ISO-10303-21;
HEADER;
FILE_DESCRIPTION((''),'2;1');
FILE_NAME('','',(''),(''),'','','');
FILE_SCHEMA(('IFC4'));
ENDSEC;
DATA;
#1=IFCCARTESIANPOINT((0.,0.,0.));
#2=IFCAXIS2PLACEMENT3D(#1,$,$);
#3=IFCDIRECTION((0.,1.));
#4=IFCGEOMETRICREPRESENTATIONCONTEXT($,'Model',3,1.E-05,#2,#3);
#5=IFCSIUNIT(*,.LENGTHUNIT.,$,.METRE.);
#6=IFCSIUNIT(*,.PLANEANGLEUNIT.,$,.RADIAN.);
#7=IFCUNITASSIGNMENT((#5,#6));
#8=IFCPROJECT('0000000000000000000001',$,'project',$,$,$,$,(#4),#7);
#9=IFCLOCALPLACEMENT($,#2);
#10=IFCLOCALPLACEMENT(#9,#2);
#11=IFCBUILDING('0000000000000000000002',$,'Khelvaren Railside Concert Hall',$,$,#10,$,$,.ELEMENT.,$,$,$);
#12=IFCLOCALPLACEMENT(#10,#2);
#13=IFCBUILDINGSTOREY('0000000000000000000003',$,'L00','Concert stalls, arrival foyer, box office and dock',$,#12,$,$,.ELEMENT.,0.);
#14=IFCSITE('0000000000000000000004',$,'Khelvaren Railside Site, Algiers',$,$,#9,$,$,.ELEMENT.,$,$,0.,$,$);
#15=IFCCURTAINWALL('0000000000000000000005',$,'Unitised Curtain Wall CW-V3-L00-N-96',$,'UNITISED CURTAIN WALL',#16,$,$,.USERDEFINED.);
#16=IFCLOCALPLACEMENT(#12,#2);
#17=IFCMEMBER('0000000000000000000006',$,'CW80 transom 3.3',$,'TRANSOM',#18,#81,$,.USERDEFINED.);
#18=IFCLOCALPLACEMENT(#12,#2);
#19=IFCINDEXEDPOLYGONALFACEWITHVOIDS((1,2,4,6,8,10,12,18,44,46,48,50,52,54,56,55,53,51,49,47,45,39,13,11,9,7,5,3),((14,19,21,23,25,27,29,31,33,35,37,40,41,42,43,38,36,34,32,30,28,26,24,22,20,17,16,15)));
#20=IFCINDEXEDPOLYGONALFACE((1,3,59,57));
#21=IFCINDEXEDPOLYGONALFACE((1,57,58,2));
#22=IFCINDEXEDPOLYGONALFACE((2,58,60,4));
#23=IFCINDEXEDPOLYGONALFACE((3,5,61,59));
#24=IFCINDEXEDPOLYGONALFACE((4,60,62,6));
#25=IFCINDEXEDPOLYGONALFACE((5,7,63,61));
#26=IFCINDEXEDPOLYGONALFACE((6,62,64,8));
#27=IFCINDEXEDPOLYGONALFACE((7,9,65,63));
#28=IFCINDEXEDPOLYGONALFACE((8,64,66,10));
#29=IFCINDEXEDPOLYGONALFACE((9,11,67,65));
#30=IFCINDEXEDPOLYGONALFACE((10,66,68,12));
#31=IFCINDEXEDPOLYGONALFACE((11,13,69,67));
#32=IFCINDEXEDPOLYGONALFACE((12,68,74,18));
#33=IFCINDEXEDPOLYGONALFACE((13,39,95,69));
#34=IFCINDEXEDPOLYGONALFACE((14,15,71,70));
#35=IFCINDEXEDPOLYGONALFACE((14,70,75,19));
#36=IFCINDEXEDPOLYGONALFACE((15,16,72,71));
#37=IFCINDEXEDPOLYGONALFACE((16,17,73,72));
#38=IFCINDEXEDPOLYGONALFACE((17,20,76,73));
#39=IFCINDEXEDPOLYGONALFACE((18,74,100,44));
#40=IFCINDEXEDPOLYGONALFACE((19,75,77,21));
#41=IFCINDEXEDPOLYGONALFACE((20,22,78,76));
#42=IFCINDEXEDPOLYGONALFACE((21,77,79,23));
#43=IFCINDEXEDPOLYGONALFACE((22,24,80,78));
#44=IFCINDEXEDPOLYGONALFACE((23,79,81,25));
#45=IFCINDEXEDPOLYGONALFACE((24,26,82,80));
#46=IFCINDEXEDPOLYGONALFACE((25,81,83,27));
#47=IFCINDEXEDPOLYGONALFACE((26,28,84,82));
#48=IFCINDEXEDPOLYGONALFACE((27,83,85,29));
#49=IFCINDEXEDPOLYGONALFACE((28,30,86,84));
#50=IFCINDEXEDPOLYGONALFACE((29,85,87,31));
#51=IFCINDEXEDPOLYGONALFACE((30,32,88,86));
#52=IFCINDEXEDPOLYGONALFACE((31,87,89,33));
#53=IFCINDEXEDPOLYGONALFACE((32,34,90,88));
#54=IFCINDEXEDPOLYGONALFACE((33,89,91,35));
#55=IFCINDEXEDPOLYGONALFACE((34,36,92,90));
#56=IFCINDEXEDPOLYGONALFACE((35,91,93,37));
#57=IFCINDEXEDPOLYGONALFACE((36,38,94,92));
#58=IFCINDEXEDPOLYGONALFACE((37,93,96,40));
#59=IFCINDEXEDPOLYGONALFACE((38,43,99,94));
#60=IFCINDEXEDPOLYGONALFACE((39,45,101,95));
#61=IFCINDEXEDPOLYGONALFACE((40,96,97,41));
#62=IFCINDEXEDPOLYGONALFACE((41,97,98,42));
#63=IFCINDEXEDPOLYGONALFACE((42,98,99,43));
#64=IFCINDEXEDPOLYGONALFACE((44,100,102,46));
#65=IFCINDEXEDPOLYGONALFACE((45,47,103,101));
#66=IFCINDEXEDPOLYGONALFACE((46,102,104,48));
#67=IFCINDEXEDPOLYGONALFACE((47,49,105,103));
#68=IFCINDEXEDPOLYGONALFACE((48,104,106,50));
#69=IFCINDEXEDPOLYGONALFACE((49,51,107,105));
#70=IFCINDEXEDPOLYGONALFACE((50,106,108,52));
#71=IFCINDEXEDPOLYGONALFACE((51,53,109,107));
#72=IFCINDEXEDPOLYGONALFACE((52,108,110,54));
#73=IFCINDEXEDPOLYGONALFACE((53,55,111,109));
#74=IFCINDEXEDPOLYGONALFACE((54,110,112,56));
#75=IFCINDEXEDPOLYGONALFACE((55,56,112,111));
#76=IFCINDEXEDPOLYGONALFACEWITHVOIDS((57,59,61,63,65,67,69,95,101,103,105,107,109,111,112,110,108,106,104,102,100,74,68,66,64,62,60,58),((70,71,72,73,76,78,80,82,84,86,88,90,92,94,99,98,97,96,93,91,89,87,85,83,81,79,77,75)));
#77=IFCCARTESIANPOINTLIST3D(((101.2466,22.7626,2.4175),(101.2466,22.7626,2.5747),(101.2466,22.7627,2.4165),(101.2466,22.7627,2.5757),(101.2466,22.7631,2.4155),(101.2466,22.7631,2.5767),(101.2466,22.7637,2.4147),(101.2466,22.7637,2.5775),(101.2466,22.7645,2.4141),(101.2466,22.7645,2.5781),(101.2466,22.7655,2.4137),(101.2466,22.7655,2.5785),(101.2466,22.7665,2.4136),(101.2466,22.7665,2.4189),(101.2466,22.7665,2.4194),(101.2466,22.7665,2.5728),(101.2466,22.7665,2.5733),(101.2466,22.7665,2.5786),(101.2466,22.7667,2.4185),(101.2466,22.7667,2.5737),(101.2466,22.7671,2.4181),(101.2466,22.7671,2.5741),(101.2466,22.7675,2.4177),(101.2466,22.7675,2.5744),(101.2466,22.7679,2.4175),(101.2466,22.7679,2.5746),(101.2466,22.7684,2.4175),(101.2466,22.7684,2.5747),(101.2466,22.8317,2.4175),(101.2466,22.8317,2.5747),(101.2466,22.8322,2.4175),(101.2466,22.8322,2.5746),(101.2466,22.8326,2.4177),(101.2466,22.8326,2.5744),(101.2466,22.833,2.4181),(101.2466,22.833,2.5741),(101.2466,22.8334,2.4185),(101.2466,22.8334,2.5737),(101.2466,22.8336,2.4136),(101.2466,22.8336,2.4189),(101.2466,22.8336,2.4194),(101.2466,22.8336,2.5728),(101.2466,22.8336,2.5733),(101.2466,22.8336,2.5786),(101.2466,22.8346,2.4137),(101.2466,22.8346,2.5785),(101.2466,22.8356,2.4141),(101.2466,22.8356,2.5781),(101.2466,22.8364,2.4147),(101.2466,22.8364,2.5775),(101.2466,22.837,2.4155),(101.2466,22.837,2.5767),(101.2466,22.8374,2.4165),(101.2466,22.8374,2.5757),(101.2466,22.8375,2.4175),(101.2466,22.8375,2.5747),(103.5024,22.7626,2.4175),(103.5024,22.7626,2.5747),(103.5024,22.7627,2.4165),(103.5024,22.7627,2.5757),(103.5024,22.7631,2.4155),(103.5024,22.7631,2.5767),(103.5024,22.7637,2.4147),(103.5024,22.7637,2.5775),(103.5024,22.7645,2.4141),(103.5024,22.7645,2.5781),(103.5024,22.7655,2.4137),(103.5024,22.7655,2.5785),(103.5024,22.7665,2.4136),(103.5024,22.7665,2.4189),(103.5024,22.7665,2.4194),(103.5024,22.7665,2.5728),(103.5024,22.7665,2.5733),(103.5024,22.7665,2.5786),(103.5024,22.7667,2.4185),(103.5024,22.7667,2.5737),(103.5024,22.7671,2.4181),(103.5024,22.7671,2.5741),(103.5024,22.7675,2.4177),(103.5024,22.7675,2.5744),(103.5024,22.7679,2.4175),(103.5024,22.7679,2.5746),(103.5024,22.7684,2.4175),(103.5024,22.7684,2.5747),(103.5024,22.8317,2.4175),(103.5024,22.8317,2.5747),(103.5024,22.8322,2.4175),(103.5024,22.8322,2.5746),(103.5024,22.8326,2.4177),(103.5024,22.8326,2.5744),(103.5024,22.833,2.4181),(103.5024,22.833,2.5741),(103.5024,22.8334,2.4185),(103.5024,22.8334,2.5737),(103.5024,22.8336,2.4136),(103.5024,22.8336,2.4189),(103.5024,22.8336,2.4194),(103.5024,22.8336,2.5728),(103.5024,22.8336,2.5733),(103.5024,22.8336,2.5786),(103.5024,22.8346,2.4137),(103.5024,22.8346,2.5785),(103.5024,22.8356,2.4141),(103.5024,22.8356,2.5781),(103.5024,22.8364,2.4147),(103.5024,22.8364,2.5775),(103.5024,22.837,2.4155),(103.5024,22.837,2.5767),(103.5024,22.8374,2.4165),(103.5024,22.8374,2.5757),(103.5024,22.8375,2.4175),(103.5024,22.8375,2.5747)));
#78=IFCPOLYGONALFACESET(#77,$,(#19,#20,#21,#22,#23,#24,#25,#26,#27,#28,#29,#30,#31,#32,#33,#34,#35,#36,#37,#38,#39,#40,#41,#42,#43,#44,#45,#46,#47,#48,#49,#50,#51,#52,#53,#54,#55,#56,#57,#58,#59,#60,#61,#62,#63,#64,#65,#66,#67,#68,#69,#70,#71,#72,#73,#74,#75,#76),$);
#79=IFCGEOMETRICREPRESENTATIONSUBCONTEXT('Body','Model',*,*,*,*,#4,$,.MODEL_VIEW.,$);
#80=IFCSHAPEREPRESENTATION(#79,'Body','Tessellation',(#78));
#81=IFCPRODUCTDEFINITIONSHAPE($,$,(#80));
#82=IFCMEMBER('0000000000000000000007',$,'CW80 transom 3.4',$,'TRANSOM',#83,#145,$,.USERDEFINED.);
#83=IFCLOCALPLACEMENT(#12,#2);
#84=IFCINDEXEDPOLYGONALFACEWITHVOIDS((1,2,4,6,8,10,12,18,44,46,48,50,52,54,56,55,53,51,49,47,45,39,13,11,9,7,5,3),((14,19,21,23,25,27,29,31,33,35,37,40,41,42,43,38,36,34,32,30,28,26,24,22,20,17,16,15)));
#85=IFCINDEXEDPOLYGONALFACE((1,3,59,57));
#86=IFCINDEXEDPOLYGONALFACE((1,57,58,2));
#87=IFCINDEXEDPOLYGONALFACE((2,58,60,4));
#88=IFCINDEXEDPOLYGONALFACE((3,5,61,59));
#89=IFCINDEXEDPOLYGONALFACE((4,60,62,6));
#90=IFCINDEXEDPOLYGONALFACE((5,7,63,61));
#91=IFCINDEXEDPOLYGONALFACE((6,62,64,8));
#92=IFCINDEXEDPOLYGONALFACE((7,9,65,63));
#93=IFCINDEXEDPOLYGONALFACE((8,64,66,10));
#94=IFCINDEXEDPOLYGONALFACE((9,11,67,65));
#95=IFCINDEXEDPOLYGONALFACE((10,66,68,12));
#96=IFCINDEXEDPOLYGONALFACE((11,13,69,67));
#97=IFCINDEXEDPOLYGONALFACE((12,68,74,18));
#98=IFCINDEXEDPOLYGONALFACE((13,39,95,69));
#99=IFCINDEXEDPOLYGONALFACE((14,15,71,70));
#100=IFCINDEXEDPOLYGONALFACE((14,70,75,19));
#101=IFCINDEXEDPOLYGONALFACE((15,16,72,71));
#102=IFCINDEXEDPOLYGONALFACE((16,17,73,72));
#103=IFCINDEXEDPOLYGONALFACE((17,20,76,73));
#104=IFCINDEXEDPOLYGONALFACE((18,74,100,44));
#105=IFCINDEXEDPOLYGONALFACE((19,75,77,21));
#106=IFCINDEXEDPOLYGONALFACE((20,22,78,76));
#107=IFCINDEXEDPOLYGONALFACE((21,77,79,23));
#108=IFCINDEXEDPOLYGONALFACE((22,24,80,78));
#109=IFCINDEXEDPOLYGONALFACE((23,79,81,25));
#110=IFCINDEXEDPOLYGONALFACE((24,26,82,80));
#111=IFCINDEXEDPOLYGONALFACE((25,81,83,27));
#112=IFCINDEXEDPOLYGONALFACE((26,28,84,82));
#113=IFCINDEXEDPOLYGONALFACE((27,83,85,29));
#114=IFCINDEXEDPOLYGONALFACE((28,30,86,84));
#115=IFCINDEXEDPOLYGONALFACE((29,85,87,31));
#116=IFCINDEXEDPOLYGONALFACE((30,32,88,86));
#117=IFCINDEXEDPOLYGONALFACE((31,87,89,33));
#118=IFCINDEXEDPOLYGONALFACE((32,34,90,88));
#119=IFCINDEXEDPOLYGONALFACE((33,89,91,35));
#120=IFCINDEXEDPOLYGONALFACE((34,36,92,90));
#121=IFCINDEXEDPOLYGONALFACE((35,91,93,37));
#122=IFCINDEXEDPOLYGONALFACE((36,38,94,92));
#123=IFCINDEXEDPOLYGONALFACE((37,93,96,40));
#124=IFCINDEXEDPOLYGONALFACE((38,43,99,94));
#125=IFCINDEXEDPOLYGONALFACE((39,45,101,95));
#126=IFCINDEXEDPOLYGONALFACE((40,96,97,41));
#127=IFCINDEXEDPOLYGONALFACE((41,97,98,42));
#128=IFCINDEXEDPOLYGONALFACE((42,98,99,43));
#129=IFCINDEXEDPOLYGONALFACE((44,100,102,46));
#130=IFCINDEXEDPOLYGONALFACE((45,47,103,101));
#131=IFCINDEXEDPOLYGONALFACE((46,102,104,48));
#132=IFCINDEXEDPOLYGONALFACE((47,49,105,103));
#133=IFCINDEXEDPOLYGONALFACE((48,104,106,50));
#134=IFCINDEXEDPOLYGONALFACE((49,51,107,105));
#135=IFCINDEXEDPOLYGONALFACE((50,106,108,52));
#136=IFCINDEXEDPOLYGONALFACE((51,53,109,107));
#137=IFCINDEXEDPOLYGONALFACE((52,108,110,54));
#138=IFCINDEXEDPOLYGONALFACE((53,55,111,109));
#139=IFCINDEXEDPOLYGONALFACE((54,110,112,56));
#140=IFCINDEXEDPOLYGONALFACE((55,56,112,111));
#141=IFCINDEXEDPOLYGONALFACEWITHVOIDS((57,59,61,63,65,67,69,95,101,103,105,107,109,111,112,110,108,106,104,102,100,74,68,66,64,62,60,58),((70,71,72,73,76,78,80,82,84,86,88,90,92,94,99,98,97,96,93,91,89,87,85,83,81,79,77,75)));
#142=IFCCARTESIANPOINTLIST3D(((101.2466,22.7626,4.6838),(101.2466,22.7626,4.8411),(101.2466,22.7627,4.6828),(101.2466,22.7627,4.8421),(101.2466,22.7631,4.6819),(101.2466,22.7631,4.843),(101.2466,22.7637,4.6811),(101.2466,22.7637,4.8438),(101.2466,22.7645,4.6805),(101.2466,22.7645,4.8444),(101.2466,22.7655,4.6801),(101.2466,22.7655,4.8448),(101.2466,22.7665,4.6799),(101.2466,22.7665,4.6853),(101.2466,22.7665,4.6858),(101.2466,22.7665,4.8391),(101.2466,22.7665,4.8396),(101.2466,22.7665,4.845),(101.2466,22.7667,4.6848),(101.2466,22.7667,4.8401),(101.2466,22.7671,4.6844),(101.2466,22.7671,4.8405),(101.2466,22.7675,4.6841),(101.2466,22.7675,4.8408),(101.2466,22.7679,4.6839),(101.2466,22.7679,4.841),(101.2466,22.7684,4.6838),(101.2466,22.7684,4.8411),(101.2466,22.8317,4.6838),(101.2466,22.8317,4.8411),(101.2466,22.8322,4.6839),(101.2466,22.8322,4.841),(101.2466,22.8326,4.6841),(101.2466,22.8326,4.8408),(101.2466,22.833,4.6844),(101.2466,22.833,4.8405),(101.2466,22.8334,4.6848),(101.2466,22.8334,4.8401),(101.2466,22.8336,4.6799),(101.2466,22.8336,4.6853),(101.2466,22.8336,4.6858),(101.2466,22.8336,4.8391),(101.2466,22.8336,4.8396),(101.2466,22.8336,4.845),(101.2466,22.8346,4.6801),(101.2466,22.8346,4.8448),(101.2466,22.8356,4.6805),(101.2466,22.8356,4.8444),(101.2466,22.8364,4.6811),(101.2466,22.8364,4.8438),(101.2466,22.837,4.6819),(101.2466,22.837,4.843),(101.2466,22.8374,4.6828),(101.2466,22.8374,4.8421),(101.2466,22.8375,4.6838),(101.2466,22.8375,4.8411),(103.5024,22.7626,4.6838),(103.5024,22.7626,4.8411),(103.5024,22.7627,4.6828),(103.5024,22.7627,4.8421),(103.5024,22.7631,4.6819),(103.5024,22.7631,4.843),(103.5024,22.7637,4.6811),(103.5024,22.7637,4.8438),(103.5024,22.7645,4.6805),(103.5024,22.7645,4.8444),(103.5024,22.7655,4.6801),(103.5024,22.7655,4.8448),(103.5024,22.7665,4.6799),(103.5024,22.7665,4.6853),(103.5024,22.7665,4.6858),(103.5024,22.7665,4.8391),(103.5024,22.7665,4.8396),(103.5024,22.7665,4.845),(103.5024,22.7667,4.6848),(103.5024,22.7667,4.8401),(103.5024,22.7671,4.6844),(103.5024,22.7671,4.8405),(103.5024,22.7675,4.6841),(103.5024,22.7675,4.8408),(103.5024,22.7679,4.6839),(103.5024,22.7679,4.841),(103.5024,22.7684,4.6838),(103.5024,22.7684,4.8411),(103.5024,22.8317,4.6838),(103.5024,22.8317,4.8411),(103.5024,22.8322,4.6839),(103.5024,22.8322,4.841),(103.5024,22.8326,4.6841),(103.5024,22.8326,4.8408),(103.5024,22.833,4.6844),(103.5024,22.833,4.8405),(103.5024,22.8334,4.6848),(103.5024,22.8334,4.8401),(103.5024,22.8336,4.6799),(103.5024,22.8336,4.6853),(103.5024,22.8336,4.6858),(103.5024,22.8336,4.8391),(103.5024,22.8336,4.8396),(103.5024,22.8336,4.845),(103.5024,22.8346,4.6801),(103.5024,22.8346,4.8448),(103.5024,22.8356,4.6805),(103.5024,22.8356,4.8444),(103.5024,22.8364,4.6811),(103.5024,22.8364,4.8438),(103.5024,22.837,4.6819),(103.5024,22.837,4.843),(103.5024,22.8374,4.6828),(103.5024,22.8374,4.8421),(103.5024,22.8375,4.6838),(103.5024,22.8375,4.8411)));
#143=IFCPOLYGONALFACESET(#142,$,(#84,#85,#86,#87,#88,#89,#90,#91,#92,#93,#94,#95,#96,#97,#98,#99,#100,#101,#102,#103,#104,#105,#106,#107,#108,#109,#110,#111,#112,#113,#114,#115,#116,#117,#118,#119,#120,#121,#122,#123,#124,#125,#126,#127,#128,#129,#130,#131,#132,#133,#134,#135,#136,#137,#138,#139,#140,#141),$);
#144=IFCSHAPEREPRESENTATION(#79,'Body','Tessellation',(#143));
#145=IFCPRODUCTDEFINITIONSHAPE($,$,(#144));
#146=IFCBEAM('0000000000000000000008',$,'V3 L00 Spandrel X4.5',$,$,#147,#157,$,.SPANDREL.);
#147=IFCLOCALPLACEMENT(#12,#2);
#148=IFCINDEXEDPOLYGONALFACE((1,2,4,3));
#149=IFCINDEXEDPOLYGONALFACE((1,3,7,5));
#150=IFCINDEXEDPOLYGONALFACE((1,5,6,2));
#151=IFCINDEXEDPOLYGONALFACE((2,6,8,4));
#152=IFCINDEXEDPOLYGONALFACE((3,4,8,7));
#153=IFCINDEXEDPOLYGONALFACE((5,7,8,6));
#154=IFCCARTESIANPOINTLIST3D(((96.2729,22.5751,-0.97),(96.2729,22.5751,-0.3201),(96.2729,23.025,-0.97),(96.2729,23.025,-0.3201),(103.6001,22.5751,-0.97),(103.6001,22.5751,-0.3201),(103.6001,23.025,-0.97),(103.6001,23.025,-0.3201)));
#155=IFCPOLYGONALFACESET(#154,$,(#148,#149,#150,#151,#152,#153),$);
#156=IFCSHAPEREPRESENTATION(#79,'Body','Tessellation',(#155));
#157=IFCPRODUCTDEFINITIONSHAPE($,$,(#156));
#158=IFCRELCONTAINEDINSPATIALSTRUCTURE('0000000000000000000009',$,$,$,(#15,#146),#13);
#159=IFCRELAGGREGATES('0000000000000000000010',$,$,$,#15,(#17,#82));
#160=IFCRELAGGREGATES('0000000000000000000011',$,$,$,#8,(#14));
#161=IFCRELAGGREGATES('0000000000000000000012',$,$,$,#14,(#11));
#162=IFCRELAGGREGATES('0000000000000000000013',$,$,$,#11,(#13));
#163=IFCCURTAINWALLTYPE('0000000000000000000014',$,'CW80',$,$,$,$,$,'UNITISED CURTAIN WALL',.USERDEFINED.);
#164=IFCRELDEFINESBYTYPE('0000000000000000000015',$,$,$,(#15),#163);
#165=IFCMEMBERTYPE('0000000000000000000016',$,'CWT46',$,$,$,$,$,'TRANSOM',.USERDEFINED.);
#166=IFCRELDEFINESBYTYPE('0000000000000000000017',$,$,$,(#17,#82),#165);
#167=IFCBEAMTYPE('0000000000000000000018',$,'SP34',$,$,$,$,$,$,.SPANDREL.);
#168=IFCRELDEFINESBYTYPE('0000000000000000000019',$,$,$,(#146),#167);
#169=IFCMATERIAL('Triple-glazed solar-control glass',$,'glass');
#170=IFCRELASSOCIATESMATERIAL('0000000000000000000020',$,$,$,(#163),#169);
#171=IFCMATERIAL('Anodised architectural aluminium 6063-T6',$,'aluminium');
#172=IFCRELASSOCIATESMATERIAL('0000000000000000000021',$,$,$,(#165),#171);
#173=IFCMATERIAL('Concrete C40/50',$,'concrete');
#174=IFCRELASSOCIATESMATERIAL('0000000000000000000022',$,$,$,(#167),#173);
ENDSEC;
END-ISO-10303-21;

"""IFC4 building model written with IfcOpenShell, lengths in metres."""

from ifc_helpers import new_model, si_unit, direction, frame, origin, origin_2d, place, context, subcontext, project, spatial, rectangle, hollow_rectangle, extrude, material, material_profile, profile_set, type_object, element, aggregate, save


model = new_model("IFC4")

# Units and contexts
model_context = context("Model", 3, precision=1e-05, world=origin(), true_north=direction((0.0, 1.0)))
body_context = subcontext(model_context, "Body", "Model", "MODEL_VIEW")
ifc_project = project(units=[si_unit("LENGTHUNIT", "METRE"), si_unit("PLANEANGLEUNIT", "RADIAN")], contexts=[model_context])

# Site, building, storey
site_placement = place(None, origin())
site = spatial("IfcSite", under=ifc_project, at=site_placement, Name="Khelvaren Railside Site, Algiers", CompositionType="ELEMENT", RefElevation=0.0)
building_placement = place(site_placement, origin())
building = spatial("IfcBuilding", under=site, at=building_placement, Name="Khelvaren Railside Concert Hall", CompositionType="ELEMENT")
storey_placement = place(building_placement, origin())
storey = spatial("IfcBuildingStorey", under=building, at=storey_placement, Name="L00", Description="Concert stalls, arrival foyer, box office and dock", CompositionType="ELEMENT", Elevation=0.0)

# Shared definitions
ifc_material_1 = material(Name="Triple-glazed solar-control glass", Category="glass")
ifc_material_2 = material(Name="Anodised architectural aluminium 6063-T6", Category="aluminium")

# Curtain wall, members
curtain_wall_type_1 = type_object("IfcCurtainWallType", Name="CW80", ElementType="UNITISED CURTAIN WALL", PredefinedType="USERDEFINED", material=ifc_material_1)
curtain_wall_1_placement = place(storey_placement, origin())
curtain_wall_1 = element("IfcCurtainWall", 1, at=curtain_wall_1_placement, inside=storey, type_object=curtain_wall_type_1, Name="Unitised Curtain Wall CW-V3-L00-N-96", ObjectType="UNITISED CURTAIN WALL", PredefinedType="USERDEFINED")
ifc_material_profile_1 = material_profile(ifc_material_2, hollow_rectangle(XDim=0.075, YDim=0.165, WallThickness=0.0039, InnerFilletRadius=0.002, OuterFilletRadius=0.0039, at=origin_2d()), Name="CWT 75x165x4")
ifc_profile_set_1 = profile_set([ifc_material_profile_1], Name="Anodised architectural aluminium 6063-T6")
member_type_1 = type_object("IfcMemberType", Name="CWT46", ElementType="TRANSOM", PredefinedType="USERDEFINED", material=ifc_profile_set_1)
member_1_placement = place(storey_placement, frame((101.2466, 22.8, 2.4961), z_axis=(1.0, 0.0, 0.0), x_axis=(0.0, 1.0, 0.0)))
member_1 = element("IfcMember", 2, at=member_1_placement, type_object=member_type_1, Name="CW80 transom 3.3", ObjectType="TRANSOM", PredefinedType="USERDEFINED", context=body_context, shape_type="SweptSolid", body=[
    extrude(hollow_rectangle(XDim=0.075, YDim=0.165, WallThickness=0.0039, InnerFilletRadius=0.002, OuterFilletRadius=0.0039, at=origin_2d()), origin(), (0.0, 0.0, 1.0), 2.2559),
])
member_2_placement = place(storey_placement, frame((101.2466, 22.8, 4.7625), z_axis=(1.0, 0.0, 0.0), x_axis=(0.0, 1.0, 0.0)))
member_2 = element("IfcMember", 3, at=member_2_placement, type_object=member_type_1, Name="CW80 transom 3.4", ObjectType="TRANSOM", PredefinedType="USERDEFINED", context=body_context, shape_type="SweptSolid", body=[
    extrude(hollow_rectangle(XDim=0.075, YDim=0.165, WallThickness=0.0039, InnerFilletRadius=0.002, OuterFilletRadius=0.0039, at=origin_2d()), origin(), (0.0, 0.0, 1.0), 2.2559),
])

# Beam
ifc_material_3 = material(Name="Concrete C40/50", Category="concrete")
ifc_material_profile_2 = material_profile(ifc_material_3, rectangle(XDim=0.45, YDim=0.6499, at=origin_2d()), Name="RCB 450x650")
ifc_profile_set_2 = profile_set([ifc_material_profile_2], Name="Concrete C40/50")
beam_type_1 = type_object("IfcBeamType", Name="SP34", PredefinedType="SPANDREL", material=ifc_profile_set_2)
beam_1_placement = place(storey_placement, frame((96.2729, 22.8, -0.645), z_axis=(1.0, 0.0, 0.0), x_axis=(0.0, 1.0, 0.0)))
element("IfcBeam", 4, at=beam_1_placement, inside=storey, type_object=beam_type_1, Name="V3 L00 Spandrel X4.5", PredefinedType="SPANDREL", context=body_context, shape_type="SweptSolid", body=[
    extrude(rectangle(XDim=0.45, YDim=0.6499, at=origin_2d()), origin(), (0.0, 0.0, 1.0), 7.3271),
])

aggregate(curtain_wall_1, [member_1, member_2])

save(model, "model.ifc")
